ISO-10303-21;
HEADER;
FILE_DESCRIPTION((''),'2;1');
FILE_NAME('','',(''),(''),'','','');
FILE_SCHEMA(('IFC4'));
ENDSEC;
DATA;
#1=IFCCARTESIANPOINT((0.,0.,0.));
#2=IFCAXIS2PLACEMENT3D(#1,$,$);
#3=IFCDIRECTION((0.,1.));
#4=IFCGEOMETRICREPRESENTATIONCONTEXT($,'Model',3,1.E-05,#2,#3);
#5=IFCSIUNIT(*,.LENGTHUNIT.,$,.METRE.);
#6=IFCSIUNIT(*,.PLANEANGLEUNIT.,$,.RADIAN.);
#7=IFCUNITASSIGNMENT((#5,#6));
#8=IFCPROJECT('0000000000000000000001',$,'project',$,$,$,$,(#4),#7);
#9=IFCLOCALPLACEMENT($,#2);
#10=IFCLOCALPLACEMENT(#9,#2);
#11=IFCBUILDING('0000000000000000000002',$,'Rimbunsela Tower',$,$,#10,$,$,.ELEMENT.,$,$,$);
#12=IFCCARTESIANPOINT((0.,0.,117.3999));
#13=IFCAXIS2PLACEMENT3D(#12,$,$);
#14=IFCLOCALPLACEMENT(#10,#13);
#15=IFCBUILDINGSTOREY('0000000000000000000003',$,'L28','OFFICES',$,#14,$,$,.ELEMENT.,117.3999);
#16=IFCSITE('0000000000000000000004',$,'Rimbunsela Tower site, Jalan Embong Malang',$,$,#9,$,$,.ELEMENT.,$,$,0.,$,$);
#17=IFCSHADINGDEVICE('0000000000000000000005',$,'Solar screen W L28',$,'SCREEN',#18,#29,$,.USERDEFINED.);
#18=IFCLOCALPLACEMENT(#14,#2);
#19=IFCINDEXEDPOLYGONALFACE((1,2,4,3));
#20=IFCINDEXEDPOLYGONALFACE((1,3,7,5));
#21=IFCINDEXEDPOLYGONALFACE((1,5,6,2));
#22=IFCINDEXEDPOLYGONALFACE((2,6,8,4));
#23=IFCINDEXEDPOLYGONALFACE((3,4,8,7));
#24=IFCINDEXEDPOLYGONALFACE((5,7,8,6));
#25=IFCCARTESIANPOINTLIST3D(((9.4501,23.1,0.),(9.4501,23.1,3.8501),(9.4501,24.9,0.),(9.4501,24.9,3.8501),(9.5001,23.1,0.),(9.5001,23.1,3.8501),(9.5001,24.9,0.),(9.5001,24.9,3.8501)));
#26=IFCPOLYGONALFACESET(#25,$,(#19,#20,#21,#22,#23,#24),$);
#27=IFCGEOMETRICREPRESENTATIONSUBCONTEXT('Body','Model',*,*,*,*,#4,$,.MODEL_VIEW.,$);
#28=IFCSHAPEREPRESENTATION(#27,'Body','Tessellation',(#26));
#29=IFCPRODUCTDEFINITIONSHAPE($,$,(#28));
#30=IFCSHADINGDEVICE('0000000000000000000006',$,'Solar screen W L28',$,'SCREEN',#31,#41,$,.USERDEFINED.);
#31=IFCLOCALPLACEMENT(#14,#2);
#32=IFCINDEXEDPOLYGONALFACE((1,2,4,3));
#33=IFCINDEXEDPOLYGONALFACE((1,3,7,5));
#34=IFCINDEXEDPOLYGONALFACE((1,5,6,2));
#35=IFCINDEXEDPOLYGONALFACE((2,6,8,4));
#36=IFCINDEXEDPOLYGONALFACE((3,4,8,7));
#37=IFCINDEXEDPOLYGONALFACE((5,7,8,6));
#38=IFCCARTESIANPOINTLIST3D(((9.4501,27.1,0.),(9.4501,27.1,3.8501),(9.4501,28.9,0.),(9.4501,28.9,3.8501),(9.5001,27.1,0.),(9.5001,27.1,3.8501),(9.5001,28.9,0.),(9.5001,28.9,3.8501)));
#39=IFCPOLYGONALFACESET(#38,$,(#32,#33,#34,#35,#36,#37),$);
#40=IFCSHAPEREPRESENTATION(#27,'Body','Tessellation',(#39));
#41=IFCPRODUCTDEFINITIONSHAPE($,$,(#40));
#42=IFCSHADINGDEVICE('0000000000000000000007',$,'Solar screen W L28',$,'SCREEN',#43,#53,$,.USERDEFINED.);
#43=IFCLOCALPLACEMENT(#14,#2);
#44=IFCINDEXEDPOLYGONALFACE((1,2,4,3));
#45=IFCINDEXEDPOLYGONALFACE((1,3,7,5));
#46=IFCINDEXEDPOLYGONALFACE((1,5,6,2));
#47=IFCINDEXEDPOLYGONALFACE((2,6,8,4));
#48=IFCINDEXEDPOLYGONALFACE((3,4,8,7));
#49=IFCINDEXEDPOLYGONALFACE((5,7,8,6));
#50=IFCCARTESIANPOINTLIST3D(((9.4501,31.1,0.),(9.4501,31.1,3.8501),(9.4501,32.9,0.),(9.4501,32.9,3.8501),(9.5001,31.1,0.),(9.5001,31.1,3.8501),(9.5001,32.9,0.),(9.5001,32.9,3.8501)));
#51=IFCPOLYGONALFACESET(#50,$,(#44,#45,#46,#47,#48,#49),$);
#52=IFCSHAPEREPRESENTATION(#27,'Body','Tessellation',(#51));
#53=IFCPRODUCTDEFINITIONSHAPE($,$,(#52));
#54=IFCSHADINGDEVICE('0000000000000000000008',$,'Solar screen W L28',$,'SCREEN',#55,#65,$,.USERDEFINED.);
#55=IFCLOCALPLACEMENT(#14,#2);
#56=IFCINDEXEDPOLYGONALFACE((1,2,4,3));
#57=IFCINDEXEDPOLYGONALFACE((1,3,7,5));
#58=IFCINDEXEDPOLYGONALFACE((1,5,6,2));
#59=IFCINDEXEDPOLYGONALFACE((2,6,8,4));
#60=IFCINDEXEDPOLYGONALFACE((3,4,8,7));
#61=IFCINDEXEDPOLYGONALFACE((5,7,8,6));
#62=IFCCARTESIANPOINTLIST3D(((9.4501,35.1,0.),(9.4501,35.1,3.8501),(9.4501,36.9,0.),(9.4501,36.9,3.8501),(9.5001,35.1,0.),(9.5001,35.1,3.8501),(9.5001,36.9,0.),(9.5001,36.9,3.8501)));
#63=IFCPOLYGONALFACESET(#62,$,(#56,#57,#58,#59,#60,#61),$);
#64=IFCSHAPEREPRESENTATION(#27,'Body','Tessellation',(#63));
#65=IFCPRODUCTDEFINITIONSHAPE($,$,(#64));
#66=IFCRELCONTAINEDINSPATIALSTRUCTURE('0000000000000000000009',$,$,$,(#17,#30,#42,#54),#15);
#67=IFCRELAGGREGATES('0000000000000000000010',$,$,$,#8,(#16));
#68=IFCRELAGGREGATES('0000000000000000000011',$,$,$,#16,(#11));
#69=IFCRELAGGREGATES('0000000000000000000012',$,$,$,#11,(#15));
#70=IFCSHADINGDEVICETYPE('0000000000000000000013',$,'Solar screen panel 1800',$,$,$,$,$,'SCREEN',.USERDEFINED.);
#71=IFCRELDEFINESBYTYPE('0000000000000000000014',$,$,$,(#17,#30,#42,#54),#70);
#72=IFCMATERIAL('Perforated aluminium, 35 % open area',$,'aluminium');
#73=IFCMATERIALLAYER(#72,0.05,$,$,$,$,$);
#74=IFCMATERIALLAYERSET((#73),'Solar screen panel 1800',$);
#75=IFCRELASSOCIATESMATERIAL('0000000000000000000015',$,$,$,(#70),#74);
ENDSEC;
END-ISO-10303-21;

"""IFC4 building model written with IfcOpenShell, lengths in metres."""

from ifc_helpers import new_model, si_unit, direction, frame, origin, origin_2d, place, context, subcontext, project, spatial, rectangle, extrude, material, layer, layer_set, type_object, element, save


model = new_model("IFC4")

# Units and contexts
model_context = context("Model", 3, precision=1e-05, world=origin(), true_north=direction((0.0, 1.0)))
body_context = subcontext(model_context, "Body", "Model", "MODEL_VIEW")
ifc_project = project(units=[si_unit("LENGTHUNIT", "METRE"), si_unit("PLANEANGLEUNIT", "RADIAN")], contexts=[model_context])

# Site, building, storey
site_placement = place(None, origin())
site = spatial("IfcSite", under=ifc_project, at=site_placement, Name="Rimbunsela Tower site, Jalan Embong Malang", CompositionType="ELEMENT", RefElevation=0.0)
building_placement = place(site_placement, origin())
building = spatial("IfcBuilding", under=site, at=building_placement, Name="Rimbunsela Tower", CompositionType="ELEMENT")
storey_placement = place(building_placement, frame((0.0, 0.0, 117.3999)))
storey = spatial("IfcBuildingStorey", under=building, at=storey_placement, Name="L28", Description="OFFICES", CompositionType="ELEMENT", Elevation=117.3999)

# Shading devices
ifc_material_1 = material(Name="Perforated aluminium, 35 % open area", Category="aluminium")
ifc_layer_1 = layer(ifc_material_1, 0.05)
ifc_layer_set_1 = layer_set([ifc_layer_1], Name="Solar screen panel 1800")
shading_device_type = type_object("IfcShadingDeviceType", Name="Solar screen panel 1800", ElementType="SCREEN", PredefinedType="USERDEFINED", material=ifc_layer_set_1)
for number, where, z_axis, x_axis, name in (
    (1, (9.4751, 24.0, 0.0), (0.0, 0.0, 1.0), (0.0, 1.0, 0.0), "Solar screen W L28"),
    (2, (9.4751, 28.0, 0.0), (0.0, 0.0, 1.0), (0.0, 1.0, 0.0), "Solar screen W L28"),
    (3, (9.4751, 32.0, 0.0), (0.0, 0.0, 1.0), (0.0, 1.0, 0.0), "Solar screen W L28"),
    (4, (9.4751, 36.0, 0.0), (0.0, 0.0, 1.0), (0.0, 1.0, 0.0), "Solar screen W L28"),
):
    element("IfcShadingDevice", number, at=place(storey_placement, frame(where, z_axis=z_axis, x_axis=x_axis)), inside=storey, type_object=shading_device_type, Name=name, ObjectType="SCREEN", PredefinedType="USERDEFINED", context=body_context, shape_type="SweptSolid", body=[
        extrude(rectangle(XDim=1.8, YDim=0.05, at=origin_2d()), origin(), (0.0, 0.0, 1.0), 3.8501),
    ])

save(model, "model.ifc")
